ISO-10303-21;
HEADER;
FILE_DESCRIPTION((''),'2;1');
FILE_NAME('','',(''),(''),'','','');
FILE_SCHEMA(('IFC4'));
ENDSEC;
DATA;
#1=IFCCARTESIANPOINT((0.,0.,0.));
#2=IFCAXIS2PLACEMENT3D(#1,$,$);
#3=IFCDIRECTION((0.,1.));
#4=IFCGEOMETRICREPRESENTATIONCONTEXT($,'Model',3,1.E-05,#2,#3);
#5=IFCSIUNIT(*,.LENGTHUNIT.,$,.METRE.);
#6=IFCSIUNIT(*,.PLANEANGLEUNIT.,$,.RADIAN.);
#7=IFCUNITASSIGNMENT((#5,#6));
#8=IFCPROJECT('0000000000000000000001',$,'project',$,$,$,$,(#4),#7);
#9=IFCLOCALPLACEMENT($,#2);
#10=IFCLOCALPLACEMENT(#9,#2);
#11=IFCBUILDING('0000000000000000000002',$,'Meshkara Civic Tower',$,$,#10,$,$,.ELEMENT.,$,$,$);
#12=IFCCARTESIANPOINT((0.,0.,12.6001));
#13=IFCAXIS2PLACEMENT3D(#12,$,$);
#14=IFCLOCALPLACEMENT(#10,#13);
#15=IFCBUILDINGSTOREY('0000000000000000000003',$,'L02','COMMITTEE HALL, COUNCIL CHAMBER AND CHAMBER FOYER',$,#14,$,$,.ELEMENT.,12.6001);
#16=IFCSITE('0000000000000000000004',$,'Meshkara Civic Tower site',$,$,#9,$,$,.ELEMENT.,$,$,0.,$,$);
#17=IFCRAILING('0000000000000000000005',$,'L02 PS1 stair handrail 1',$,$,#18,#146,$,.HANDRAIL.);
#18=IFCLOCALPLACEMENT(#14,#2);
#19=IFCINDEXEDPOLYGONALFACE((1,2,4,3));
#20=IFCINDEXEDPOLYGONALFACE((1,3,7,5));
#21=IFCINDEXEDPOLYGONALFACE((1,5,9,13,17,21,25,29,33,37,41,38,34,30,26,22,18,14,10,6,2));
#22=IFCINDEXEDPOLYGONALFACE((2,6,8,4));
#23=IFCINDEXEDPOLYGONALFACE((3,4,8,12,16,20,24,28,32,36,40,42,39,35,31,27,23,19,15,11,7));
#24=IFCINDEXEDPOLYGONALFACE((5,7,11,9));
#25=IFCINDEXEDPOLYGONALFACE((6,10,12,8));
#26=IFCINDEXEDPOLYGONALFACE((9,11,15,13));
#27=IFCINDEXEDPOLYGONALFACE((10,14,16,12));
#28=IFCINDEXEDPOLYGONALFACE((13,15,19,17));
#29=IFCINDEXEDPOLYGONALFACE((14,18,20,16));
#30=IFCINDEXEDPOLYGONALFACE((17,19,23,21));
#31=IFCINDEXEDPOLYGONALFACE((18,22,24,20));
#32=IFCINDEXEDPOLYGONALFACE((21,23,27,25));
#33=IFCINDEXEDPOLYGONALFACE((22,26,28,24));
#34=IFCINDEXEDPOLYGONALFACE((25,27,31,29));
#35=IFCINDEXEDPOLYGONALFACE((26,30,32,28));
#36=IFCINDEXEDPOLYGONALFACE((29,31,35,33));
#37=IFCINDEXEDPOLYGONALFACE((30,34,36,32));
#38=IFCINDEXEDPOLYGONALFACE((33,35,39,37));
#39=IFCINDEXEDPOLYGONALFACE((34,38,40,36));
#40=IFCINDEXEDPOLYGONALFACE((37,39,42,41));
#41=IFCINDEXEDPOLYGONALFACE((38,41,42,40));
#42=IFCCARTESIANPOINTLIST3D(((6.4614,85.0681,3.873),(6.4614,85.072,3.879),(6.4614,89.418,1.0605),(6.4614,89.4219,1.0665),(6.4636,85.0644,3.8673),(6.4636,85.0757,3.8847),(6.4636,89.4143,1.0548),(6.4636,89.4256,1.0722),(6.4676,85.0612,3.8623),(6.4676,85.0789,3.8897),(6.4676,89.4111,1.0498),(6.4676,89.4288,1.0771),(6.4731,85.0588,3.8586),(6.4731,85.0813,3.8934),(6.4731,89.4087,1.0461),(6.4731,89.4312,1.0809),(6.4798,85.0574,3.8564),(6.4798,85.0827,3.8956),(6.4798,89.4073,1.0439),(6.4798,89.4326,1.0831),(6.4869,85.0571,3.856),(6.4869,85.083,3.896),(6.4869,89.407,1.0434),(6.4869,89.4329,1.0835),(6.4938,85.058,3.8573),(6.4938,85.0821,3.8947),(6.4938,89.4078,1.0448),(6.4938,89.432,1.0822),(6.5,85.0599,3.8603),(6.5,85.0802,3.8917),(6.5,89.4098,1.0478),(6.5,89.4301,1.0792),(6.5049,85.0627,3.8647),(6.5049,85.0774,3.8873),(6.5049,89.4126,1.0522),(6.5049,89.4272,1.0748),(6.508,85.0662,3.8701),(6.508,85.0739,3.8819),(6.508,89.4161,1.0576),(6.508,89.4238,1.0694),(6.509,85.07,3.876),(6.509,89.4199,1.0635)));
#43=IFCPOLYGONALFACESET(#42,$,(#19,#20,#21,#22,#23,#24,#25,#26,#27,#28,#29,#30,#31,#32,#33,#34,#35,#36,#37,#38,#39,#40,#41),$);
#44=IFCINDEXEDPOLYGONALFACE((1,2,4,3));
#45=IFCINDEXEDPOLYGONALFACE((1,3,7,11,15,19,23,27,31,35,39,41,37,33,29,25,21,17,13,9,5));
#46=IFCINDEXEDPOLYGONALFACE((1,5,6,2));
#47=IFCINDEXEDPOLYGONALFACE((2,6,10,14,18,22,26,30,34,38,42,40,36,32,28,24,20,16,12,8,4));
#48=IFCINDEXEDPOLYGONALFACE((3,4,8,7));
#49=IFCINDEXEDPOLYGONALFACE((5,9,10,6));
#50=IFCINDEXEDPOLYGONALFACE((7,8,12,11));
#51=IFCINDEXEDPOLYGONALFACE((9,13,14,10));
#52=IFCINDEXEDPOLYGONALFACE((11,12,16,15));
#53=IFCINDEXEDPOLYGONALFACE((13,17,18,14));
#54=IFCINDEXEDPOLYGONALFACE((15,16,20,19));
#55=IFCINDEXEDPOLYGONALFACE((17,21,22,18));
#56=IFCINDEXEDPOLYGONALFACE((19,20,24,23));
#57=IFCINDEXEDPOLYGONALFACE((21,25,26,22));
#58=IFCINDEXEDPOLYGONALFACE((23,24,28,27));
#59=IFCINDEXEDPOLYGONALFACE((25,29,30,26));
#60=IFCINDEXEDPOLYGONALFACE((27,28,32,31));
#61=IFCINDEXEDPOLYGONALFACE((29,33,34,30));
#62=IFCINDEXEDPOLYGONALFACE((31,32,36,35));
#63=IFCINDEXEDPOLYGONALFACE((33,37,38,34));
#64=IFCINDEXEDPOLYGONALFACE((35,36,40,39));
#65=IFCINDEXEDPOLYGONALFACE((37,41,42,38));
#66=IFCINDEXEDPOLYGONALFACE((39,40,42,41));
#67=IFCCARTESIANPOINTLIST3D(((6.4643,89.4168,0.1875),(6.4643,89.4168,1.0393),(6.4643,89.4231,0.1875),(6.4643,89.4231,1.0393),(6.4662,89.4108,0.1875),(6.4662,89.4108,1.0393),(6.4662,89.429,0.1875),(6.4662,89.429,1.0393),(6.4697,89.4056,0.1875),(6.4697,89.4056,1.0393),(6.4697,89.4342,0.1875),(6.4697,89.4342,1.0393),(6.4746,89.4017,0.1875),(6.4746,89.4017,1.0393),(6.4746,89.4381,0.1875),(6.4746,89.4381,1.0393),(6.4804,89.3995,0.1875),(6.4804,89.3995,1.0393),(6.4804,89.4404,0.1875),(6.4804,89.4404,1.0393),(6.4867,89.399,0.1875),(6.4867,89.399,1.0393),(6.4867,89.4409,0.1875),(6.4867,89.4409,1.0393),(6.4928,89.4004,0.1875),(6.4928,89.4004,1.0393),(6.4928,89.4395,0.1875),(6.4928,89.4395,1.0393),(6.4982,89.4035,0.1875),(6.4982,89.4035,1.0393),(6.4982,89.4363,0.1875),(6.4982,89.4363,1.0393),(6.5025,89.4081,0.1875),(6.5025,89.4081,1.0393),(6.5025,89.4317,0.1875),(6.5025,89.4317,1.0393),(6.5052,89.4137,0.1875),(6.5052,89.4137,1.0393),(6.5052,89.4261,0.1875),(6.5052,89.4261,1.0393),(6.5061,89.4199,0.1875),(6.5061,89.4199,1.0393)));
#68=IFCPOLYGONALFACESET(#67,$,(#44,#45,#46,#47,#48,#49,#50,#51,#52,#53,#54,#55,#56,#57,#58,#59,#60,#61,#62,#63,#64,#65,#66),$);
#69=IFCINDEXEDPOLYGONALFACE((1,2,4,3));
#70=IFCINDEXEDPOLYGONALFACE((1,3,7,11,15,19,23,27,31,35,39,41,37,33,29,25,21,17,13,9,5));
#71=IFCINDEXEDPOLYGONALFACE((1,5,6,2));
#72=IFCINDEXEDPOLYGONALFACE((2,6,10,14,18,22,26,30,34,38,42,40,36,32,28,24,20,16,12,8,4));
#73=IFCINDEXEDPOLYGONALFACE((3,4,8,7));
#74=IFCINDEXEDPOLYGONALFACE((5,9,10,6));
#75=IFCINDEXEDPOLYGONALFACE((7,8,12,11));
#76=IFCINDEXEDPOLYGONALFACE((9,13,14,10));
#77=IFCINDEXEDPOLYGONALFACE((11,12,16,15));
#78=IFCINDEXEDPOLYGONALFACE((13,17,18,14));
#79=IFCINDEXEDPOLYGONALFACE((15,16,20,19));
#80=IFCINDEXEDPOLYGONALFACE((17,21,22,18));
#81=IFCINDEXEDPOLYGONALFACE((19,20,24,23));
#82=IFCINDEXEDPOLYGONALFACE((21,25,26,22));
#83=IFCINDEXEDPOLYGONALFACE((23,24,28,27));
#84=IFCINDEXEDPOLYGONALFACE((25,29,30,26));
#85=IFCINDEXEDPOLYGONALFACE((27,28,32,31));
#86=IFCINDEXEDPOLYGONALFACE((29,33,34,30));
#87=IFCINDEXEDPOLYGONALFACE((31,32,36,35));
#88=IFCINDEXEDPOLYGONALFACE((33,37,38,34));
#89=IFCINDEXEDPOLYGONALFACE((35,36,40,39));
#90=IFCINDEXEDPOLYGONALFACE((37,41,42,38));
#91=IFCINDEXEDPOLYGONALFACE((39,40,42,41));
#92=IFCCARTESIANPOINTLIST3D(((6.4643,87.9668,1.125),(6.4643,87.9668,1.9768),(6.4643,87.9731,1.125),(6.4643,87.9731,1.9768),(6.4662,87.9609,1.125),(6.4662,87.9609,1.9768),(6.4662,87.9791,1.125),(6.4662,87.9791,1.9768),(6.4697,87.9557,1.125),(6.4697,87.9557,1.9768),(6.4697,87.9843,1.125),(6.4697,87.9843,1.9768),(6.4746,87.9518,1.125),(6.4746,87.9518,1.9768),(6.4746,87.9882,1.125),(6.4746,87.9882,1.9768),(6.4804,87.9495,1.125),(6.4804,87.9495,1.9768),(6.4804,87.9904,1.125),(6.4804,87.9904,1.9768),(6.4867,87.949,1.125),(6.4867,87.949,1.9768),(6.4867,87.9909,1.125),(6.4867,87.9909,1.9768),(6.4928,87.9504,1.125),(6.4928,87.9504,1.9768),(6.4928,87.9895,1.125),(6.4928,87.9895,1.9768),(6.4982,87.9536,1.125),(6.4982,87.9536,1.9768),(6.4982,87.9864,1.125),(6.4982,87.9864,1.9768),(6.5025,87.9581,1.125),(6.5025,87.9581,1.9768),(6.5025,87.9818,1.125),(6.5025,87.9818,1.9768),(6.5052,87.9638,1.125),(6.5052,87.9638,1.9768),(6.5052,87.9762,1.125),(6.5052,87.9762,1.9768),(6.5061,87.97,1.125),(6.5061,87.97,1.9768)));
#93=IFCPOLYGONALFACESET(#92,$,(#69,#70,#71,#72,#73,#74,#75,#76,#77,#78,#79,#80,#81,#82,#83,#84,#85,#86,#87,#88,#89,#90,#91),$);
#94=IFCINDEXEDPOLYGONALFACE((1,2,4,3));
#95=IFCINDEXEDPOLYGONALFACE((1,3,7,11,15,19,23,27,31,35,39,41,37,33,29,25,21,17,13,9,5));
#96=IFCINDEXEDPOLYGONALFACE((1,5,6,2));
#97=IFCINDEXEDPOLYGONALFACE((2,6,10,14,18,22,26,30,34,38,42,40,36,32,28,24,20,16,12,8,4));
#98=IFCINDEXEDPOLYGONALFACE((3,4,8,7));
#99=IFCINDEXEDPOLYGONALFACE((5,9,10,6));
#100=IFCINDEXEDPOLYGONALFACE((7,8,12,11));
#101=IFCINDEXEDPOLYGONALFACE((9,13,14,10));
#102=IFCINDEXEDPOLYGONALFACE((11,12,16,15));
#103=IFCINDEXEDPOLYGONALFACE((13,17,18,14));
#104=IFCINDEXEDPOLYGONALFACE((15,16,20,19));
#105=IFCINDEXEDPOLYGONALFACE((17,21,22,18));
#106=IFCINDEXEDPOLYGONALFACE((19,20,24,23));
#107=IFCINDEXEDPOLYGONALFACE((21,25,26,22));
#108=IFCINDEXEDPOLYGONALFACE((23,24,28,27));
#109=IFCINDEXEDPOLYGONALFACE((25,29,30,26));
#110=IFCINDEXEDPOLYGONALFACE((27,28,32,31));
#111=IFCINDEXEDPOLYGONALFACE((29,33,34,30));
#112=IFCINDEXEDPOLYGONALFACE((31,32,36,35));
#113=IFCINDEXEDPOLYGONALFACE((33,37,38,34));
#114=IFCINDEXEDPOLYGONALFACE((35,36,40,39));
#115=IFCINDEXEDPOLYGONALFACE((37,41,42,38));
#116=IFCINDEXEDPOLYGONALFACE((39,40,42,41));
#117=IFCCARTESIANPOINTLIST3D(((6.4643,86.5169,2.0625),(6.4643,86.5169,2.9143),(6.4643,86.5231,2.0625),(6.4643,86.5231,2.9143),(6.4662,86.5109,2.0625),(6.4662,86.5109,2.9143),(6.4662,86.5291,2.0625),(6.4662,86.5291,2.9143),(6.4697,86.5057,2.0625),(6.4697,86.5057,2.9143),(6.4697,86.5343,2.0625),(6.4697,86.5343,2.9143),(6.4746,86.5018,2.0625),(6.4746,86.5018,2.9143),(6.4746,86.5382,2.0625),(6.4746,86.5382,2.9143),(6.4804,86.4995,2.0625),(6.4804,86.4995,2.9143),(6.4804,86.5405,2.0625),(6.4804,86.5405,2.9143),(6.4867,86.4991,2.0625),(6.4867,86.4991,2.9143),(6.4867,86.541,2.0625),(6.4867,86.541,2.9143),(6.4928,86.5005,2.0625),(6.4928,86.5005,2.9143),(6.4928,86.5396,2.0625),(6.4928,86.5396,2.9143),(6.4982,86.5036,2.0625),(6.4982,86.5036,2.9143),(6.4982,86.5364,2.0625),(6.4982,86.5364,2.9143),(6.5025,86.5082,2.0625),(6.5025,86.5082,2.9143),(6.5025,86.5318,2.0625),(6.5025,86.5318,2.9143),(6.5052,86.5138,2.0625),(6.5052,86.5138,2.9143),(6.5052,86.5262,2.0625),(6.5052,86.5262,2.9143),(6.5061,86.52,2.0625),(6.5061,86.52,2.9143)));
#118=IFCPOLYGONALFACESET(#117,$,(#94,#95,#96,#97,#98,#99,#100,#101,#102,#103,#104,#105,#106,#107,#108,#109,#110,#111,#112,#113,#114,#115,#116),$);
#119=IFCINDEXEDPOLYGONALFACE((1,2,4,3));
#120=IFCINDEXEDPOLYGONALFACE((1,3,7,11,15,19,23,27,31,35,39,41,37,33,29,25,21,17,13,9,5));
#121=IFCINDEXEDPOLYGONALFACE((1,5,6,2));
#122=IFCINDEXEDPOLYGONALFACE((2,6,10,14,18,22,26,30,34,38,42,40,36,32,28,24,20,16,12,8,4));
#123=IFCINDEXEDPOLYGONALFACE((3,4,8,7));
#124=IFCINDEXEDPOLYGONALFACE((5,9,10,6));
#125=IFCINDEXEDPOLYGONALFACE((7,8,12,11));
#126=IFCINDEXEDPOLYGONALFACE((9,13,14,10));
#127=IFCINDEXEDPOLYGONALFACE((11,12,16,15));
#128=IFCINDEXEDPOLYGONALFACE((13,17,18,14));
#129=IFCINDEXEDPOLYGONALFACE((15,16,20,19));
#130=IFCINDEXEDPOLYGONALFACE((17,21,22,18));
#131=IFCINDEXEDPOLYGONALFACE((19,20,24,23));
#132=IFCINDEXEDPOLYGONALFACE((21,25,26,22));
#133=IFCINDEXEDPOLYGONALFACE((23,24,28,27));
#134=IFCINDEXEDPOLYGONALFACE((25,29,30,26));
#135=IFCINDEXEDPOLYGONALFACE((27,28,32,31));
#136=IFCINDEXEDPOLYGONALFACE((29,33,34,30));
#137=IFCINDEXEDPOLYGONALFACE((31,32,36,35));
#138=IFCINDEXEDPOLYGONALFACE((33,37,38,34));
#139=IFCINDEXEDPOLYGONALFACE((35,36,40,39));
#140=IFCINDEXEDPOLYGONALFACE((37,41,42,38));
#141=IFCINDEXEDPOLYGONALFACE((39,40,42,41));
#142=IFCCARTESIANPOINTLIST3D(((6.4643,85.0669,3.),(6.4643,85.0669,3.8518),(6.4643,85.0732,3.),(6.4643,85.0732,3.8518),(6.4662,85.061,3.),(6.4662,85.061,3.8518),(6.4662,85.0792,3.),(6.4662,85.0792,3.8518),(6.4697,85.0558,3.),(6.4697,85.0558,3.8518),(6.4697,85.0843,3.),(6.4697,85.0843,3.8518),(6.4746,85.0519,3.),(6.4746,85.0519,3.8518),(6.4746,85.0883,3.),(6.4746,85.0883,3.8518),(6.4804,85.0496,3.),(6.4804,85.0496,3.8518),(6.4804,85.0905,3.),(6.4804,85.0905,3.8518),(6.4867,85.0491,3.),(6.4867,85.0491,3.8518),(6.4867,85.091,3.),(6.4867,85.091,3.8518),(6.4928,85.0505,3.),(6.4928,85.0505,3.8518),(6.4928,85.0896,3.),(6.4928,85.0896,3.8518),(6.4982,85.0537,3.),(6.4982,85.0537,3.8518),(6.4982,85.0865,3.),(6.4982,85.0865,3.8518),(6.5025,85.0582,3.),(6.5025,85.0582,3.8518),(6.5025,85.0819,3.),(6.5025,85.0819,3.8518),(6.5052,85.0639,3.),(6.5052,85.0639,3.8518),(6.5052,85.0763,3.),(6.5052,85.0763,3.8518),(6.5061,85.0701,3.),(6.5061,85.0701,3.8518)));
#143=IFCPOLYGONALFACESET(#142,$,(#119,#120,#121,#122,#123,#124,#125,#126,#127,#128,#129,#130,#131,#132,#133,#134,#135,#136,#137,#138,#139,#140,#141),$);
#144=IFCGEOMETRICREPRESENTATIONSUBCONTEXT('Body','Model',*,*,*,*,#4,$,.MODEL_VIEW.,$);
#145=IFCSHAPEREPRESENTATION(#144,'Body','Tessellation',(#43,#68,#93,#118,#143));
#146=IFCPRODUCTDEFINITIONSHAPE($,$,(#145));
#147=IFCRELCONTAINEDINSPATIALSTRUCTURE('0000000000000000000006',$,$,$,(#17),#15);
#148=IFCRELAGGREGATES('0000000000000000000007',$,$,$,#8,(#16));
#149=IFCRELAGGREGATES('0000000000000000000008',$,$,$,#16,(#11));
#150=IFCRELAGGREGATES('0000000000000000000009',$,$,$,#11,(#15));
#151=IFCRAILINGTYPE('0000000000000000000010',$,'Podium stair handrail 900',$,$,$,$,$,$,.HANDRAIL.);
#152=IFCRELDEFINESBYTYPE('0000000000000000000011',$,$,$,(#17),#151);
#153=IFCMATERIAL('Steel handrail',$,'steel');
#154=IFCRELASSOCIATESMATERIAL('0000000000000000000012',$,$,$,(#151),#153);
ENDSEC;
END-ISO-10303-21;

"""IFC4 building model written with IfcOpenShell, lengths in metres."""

from ifc_helpers import new_model, si_unit, direction, frame, origin, origin_2d, place, context, subcontext, project, spatial, circle, extrude, material, type_object, element, save


model = new_model("IFC4")

# Units and contexts
model_context = context("Model", 3, precision=1e-05, world=origin(), true_north=direction((0.0, 1.0)))
body_context = subcontext(model_context, "Body", "Model", "MODEL_VIEW")
ifc_project = project(units=[si_unit("LENGTHUNIT", "METRE"), si_unit("PLANEANGLEUNIT", "RADIAN")], contexts=[model_context])

# Site, building, storey
site_placement = place(None, origin())
site = spatial("IfcSite", under=ifc_project, at=site_placement, Name="Meshkara Civic Tower site", CompositionType="ELEMENT", RefElevation=0.0)
building_placement = place(site_placement, origin())
building = spatial("IfcBuilding", under=site, at=building_placement, Name="Meshkara Civic Tower", CompositionType="ELEMENT")
storey_placement = place(building_placement, frame((0.0, 0.0, 12.6001)))
storey = spatial("IfcBuildingStorey", under=building, at=storey_placement, Name="L02", Description="COMMITTEE HALL, COUNCIL CHAMBER AND CHAMBER FOYER", CompositionType="ELEMENT", Elevation=12.6001)

# Railing
ifc_material_1 = material(Name="Steel handrail", Category="steel")
railing_type_1 = type_object("IfcRailingType", Name="Podium stair handrail 900", PredefinedType="HANDRAIL", material=ifc_material_1)
railing_1_placement = place(storey_placement, frame((6.4851, 89.4199, 0.1875)))
element("IfcRailing", 1, at=railing_1_placement, inside=storey, type_object=railing_type_1, Name="L02 PS1 stair handrail 1", PredefinedType="HANDRAIL", context=body_context, shape_type="SweptSolid", body=[
    extrude(circle(Radius=0.0239, at=origin_2d()), frame((0.0, 0.0, 0.876), z_axis=(0.0, -0.839756, 0.542964), x_axis=(1.0, 0.0, 0.0)), (0.0, 0.0, 1.0), 5.1799),
    extrude(circle(Radius=0.021, at=origin_2d()), origin(), (0.0, 0.0, 1.0), 0.8518),
    extrude(circle(Radius=0.021, at=origin_2d()), frame((0.0, -1.45, 0.9375)), (0.0, 0.0, 1.0), 0.8518),
    extrude(circle(Radius=0.021, at=origin_2d()), frame((0.0, -2.8999, 1.875)), (0.0, 0.0, 1.0), 0.8518),
    extrude(circle(Radius=0.021, at=origin_2d()), frame((0.0, -4.3499, 2.8125)), (0.0, 0.0, 1.0), 0.8518),
])

save(model, "model.ifc")
